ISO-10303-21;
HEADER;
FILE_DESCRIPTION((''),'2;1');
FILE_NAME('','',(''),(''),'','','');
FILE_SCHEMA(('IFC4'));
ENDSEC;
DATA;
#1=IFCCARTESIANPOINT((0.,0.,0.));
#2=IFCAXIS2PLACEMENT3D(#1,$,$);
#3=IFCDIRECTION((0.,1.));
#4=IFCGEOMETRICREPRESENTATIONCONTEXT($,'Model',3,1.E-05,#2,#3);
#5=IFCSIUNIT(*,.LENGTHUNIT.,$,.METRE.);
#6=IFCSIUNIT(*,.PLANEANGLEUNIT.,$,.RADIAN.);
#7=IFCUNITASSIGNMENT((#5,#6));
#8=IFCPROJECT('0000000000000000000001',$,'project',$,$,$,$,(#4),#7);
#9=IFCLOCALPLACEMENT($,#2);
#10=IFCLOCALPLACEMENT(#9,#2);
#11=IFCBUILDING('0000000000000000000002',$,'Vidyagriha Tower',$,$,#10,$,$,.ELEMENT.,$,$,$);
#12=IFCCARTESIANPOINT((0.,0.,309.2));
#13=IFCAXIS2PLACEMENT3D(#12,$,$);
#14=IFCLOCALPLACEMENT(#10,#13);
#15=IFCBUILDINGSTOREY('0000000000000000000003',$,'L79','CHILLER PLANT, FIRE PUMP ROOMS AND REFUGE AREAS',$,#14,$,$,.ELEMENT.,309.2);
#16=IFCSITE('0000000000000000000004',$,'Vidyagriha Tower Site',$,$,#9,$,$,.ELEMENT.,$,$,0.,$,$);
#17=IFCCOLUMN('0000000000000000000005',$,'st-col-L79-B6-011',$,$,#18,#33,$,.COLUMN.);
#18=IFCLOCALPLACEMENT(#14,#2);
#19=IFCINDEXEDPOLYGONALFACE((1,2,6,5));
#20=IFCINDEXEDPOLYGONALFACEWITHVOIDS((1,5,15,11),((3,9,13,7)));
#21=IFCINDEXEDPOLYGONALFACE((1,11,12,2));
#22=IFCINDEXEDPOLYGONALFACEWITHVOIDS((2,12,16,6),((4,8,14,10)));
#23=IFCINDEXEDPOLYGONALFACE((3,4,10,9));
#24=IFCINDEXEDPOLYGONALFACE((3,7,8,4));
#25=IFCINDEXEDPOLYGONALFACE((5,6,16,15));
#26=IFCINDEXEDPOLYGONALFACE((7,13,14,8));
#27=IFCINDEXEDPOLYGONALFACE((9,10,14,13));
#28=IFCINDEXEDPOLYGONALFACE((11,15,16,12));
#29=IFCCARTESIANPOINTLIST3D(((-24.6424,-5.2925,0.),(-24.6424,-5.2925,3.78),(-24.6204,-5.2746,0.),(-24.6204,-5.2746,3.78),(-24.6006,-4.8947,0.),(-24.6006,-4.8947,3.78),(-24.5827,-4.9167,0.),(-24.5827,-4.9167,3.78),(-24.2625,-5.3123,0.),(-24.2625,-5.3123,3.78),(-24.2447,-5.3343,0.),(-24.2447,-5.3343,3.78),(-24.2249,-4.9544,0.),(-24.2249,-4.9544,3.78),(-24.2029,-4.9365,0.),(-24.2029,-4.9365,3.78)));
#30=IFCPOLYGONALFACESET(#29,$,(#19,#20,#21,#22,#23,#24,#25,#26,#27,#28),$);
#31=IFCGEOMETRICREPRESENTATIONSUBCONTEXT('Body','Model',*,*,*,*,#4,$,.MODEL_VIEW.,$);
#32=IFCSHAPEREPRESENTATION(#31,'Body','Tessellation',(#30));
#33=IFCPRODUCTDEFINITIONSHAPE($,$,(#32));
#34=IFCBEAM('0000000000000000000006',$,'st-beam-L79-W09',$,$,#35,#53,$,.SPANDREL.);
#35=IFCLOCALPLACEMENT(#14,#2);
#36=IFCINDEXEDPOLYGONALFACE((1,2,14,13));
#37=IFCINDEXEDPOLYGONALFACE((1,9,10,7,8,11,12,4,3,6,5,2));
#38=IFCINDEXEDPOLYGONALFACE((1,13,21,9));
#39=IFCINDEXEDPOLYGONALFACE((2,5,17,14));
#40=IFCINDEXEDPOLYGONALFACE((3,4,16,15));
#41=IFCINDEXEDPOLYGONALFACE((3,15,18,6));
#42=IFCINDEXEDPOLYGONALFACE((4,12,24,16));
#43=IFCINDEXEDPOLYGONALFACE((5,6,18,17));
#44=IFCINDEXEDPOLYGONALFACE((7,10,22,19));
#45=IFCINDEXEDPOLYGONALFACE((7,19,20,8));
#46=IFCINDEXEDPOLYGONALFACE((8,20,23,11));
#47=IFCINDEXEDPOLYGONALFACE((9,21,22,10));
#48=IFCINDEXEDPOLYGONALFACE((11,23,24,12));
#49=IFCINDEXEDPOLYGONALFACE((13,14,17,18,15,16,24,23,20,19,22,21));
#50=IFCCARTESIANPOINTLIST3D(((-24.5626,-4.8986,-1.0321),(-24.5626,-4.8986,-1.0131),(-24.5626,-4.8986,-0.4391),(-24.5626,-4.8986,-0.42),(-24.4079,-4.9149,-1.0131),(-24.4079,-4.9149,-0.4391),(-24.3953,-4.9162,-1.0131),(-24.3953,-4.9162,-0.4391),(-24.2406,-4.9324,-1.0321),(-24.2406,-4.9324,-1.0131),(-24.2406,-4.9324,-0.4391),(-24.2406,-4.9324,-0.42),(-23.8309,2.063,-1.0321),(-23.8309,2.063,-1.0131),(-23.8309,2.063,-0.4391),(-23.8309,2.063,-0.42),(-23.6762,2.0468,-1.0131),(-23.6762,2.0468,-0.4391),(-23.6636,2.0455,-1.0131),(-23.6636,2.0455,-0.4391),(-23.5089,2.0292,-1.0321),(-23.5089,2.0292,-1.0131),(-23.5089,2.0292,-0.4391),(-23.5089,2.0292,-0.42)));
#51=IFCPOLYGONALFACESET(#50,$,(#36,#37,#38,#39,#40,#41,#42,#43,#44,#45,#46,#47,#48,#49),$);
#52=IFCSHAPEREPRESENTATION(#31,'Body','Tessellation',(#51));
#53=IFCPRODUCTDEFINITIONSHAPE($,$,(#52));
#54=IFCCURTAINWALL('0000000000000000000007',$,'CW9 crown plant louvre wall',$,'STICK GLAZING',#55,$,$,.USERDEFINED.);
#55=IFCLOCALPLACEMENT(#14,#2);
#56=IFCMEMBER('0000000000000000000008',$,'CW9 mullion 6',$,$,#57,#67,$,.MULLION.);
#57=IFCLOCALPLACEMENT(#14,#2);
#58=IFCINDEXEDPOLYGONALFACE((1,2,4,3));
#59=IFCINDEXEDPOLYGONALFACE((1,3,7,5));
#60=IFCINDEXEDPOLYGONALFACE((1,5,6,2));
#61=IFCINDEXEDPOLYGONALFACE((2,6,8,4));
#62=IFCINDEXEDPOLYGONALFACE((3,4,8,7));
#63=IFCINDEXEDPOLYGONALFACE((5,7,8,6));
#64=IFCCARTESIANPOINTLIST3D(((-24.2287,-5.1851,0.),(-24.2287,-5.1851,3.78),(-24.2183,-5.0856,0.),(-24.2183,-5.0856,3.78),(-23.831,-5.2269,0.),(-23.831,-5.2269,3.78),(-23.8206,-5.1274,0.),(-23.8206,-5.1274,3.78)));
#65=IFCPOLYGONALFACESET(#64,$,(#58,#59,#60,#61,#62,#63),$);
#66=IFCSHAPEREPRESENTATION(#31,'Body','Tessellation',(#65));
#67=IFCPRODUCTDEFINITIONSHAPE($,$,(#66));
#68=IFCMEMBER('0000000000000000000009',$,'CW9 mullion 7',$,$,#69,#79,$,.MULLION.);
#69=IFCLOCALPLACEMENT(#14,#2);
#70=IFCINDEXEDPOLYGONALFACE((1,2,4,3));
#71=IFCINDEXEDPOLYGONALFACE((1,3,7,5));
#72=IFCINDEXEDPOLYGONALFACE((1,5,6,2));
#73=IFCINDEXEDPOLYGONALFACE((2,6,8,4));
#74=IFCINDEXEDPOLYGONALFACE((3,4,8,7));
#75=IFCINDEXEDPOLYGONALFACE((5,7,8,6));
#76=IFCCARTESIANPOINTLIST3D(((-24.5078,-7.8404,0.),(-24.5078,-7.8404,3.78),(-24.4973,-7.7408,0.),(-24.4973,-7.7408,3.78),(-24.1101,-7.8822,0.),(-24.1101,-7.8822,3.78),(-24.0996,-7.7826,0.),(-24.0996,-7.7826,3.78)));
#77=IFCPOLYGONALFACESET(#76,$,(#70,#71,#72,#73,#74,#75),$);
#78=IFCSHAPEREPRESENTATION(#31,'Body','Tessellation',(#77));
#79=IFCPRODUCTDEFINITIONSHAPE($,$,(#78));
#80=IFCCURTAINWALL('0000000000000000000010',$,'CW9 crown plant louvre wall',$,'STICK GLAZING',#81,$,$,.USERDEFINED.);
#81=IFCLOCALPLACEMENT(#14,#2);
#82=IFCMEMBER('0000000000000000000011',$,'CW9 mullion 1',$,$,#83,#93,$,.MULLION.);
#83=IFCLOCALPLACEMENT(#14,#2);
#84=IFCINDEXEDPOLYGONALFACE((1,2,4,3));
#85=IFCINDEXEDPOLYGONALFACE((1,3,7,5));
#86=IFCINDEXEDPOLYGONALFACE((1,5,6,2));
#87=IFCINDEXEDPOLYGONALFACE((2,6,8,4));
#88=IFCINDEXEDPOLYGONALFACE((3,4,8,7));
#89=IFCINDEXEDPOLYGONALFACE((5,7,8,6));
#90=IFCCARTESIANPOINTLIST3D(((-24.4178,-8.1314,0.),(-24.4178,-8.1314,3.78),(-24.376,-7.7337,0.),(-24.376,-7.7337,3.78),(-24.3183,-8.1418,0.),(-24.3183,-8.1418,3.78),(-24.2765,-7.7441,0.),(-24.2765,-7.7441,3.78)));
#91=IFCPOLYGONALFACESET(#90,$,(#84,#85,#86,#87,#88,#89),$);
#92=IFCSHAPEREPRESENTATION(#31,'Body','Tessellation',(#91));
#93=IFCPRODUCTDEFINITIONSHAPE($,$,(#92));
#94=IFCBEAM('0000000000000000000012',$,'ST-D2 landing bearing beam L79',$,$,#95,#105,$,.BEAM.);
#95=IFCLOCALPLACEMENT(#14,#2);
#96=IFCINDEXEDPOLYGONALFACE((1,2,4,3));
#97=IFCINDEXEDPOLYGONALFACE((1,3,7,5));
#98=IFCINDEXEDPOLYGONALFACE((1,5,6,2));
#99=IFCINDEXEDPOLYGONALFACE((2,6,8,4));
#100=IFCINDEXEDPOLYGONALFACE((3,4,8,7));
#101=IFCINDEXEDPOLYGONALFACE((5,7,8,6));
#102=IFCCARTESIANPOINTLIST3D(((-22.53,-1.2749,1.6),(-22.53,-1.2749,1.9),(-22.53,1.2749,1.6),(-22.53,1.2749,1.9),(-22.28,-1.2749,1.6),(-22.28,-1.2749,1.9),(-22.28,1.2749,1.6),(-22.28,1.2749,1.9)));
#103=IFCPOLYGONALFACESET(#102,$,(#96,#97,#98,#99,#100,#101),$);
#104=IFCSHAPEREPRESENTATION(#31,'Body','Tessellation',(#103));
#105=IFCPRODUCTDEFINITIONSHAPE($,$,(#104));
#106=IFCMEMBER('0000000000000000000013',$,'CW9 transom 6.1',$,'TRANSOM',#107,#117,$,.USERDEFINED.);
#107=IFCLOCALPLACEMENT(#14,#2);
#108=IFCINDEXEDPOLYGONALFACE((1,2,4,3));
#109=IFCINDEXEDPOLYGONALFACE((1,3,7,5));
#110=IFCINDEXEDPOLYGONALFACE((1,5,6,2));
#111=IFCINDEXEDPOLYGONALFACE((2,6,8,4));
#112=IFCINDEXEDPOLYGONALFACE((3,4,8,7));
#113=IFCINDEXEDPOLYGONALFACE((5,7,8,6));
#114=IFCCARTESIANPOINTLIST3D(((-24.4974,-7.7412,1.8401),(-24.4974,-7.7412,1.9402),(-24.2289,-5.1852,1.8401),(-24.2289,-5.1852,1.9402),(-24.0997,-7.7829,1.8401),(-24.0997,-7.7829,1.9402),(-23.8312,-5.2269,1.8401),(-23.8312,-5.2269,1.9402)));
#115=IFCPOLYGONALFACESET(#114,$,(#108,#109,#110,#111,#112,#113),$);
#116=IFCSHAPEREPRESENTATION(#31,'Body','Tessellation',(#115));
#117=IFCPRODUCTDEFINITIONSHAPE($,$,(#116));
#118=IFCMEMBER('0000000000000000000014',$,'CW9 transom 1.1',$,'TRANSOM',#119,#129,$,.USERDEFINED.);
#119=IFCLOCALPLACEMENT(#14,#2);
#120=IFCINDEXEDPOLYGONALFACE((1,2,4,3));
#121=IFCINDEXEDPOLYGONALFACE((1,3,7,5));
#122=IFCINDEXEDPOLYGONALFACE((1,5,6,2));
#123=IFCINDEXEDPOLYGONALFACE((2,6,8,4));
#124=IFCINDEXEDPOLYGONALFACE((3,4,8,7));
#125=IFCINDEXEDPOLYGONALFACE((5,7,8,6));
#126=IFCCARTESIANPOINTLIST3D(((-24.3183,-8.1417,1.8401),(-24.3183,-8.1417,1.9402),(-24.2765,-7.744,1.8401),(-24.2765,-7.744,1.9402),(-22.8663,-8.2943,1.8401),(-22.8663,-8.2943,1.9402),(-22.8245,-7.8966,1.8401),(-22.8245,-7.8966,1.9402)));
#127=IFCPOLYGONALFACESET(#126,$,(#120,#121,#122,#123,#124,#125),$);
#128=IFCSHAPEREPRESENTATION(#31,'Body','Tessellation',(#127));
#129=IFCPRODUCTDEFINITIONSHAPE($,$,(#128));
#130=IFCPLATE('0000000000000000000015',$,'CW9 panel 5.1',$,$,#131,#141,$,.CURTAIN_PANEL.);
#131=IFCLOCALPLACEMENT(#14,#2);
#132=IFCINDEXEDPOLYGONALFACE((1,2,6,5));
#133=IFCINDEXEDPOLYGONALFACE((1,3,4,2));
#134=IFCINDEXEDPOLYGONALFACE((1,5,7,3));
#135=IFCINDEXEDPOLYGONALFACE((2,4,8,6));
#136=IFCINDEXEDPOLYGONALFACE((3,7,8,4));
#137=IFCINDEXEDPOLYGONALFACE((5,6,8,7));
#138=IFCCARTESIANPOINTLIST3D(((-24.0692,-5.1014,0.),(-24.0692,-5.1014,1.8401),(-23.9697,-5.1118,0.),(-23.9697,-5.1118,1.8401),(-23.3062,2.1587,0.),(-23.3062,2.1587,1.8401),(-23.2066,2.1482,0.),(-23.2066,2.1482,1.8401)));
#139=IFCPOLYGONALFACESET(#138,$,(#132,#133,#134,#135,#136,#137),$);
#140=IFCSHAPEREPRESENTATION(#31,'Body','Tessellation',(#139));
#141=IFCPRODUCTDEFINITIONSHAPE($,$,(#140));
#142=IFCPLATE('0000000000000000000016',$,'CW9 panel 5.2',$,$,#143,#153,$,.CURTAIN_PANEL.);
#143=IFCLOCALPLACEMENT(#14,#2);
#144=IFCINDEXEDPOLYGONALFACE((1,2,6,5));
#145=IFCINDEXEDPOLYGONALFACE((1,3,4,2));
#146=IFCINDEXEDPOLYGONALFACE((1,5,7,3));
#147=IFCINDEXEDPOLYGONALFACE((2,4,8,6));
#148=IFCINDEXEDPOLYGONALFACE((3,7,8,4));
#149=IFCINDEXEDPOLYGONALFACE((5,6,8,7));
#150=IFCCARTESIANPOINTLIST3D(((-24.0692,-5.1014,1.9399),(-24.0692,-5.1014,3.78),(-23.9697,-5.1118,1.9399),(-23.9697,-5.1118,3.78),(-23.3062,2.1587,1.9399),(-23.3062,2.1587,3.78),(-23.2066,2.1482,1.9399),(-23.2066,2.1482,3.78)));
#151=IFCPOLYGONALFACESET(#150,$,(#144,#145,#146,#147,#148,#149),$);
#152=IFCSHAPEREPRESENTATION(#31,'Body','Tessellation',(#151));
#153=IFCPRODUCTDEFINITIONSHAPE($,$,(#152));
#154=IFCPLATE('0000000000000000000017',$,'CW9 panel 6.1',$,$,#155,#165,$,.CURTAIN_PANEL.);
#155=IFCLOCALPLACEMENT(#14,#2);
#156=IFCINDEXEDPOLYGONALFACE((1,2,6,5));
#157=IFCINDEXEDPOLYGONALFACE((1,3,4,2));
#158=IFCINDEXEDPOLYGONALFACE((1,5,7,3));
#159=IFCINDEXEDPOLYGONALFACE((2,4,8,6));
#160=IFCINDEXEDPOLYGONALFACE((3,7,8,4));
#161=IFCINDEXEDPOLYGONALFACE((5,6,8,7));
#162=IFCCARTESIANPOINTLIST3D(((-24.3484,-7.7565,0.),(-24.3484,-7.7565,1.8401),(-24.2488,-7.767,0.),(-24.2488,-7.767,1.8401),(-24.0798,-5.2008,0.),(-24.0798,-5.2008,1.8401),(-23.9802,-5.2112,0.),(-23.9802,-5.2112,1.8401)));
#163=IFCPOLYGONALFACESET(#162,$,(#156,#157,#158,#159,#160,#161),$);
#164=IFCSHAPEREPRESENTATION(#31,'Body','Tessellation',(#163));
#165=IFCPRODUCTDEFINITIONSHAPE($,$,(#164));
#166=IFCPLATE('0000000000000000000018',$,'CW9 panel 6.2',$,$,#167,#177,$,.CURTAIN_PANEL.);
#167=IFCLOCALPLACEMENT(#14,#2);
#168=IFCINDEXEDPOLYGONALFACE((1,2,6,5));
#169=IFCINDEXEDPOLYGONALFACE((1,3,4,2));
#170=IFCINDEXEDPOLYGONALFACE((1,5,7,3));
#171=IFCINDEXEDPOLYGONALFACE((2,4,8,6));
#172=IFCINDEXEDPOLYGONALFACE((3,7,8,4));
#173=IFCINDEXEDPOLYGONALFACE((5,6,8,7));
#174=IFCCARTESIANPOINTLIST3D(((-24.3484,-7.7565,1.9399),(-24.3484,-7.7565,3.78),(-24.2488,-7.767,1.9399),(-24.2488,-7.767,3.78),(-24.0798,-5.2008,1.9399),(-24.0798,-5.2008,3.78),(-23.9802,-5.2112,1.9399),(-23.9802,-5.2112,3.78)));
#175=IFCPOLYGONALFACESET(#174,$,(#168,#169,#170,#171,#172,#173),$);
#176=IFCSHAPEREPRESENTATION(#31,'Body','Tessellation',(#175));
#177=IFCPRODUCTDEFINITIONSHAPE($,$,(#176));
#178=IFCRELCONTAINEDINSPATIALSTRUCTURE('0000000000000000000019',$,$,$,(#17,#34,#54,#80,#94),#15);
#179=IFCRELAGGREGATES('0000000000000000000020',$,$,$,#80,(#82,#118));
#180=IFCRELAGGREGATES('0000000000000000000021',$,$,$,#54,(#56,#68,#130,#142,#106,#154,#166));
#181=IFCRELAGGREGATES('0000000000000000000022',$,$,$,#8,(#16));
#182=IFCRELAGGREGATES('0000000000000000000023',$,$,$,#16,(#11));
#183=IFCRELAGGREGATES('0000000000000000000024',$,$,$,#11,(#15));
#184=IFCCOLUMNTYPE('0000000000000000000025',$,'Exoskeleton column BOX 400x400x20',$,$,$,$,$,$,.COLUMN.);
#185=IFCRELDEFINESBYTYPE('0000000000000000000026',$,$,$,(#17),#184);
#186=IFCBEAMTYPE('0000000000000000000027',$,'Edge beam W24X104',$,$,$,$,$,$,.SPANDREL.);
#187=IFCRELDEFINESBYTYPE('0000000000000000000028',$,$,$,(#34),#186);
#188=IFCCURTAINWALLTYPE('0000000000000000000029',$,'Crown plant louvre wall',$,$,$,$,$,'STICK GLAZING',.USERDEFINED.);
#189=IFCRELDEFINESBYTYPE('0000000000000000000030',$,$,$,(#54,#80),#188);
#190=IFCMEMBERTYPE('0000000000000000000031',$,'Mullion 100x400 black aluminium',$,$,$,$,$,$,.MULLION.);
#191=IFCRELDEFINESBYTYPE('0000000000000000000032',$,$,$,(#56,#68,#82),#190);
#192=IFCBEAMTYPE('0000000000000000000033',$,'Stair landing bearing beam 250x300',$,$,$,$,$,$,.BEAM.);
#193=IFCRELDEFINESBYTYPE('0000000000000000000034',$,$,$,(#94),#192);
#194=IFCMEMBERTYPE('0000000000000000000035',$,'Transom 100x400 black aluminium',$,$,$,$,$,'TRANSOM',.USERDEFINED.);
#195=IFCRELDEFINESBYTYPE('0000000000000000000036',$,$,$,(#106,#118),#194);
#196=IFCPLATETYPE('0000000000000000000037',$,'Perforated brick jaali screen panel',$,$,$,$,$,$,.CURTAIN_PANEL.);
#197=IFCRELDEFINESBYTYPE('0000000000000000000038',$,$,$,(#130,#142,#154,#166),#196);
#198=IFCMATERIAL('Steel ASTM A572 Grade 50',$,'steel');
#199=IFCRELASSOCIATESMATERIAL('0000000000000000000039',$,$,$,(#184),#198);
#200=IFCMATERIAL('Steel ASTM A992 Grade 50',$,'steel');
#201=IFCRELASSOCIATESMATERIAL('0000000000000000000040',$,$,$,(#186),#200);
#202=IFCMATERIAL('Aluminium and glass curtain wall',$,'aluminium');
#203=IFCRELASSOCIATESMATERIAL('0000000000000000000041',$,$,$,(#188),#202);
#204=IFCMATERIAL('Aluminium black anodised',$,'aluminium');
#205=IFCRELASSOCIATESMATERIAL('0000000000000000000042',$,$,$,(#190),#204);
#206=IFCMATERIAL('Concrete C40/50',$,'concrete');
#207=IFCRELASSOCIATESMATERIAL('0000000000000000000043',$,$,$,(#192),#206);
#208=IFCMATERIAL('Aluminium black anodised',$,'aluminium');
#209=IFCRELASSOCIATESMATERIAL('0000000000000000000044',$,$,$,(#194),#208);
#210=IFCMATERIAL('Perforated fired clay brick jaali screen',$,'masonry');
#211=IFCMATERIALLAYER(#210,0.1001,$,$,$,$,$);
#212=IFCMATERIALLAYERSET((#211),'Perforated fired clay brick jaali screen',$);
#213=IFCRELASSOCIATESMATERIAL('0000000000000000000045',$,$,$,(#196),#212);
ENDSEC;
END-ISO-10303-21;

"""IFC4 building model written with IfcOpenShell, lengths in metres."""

from ifc_helpers import new_model, si_unit, direction, frame, origin, origin_2d, place, context, subcontext, project, spatial, rectangle, hollow_rectangle, i_section, extrude, material, layer, layer_set, material_profile, profile_set, type_object, element, aggregate, save


model = new_model("IFC4")

# Units and contexts
model_context = context("Model", 3, precision=1e-05, world=origin(), true_north=direction((0.0, 1.0)))
body_context = subcontext(model_context, "Body", "Model", "MODEL_VIEW")
ifc_project = project(units=[si_unit("LENGTHUNIT", "METRE"), si_unit("PLANEANGLEUNIT", "RADIAN")], contexts=[model_context])

# Site, building, storey
site_placement = place(None, origin())
site = spatial("IfcSite", under=ifc_project, at=site_placement, Name="Vidyagriha Tower Site", CompositionType="ELEMENT", RefElevation=0.0)
building_placement = place(site_placement, origin())
building = spatial("IfcBuilding", under=site, at=building_placement, Name="Vidyagriha Tower", CompositionType="ELEMENT")
storey_placement = place(building_placement, frame((0.0, 0.0, 309.2)))
storey = spatial("IfcBuildingStorey", under=building, at=storey_placement, Name="L79", Description="CHILLER PLANT, FIRE PUMP ROOMS AND REFUGE AREAS", CompositionType="ELEMENT", Elevation=309.2)

# Column
ifc_material_1 = material(Name="Steel ASTM A572 Grade 50", Category="steel")
ifc_material_profile_1 = material_profile(ifc_material_1, hollow_rectangle(XDim=0.3999, YDim=0.3999, WallThickness=0.02, at=origin_2d()), Name="BOX 400x400x20")
ifc_profile_set_1 = profile_set([ifc_material_profile_1], Name="Steel ASTM A572 Grade 50")
column_type = type_object("IfcColumnType", Name="Exoskeleton column BOX 400x400x20", PredefinedType="COLUMN", material=ifc_profile_set_1)
column_placement = place(storey_placement, frame((-24.4226, -5.1145, 0.0), z_axis=(0.0, 0.0, 1.0), x_axis=(0.994522, -0.104528, 0.0)))
element("IfcColumn", 1, at=column_placement, inside=storey, type_object=column_type, Name="st-col-L79-B6-011", PredefinedType="COLUMN", context=body_context, shape_type="SweptSolid", body=[
    extrude(hollow_rectangle(XDim=0.3999, YDim=0.3999, WallThickness=0.02, at=origin_2d()), origin(), (0.0, 0.0, 1.0), 3.78),
])

# Beam
ifc_material_2 = material(Name="Steel ASTM A992 Grade 50", Category="steel")
ifc_material_profile_2 = material_profile(ifc_material_2, i_section(OverallWidth=0.3237, OverallDepth=0.6121, WebThickness=0.0127, FlangeThickness=0.019, at=origin_2d()), Name="W24X104")
ifc_profile_set_2 = profile_set([ifc_material_profile_2], Name="Steel ASTM A992 Grade 50")
beam_type_1 = type_object("IfcBeamType", Name="Edge beam W24X104", PredefinedType="SPANDREL", material=ifc_profile_set_2)
beam_1_placement = place(storey_placement, frame((-24.4016, -4.9155, -0.7261), z_axis=(0.104527, 0.994522, 0.0), x_axis=(-0.994522, 0.104527, 0.0)))
element("IfcBeam", 2, at=beam_1_placement, inside=storey, type_object=beam_type_1, Name="st-beam-L79-W09", PredefinedType="SPANDREL", context=body_context, shape_type="SweptSolid", body=[
    extrude(i_section(OverallWidth=0.3237, OverallDepth=0.6121, WebThickness=0.0127, FlangeThickness=0.019, at=origin_2d()), origin(), (0.0, 0.0, 1.0), 7.0),
])

# Curtain wall, members
ifc_material_3 = material(Name="Aluminium and glass curtain wall", Category="aluminium")
curtain_wall_type = type_object("IfcCurtainWallType", Name="Crown plant louvre wall", ElementType="STICK GLAZING", PredefinedType="USERDEFINED", material=ifc_material_3)
curtain_wall_1_placement = place(storey_placement, origin())
curtain_wall_1 = element("IfcCurtainWall", 3, at=curtain_wall_1_placement, inside=storey, type_object=curtain_wall_type, Name="CW9 crown plant louvre wall", ObjectType="STICK GLAZING", PredefinedType="USERDEFINED")
ifc_material_4 = material(Name="Aluminium black anodised", Category="aluminium")
ifc_material_profile_3 = material_profile(ifc_material_4, rectangle(XDim=0.3999, YDim=0.1001, at=origin_2d()), Name="Mullion 100x400 black aluminium")
ifc_profile_set_3 = profile_set([ifc_material_profile_3], Name="Aluminium black anodised")
member_type_1 = type_object("IfcMemberType", Name="Mullion 100x400 black aluminium", PredefinedType="MULLION", material=ifc_profile_set_3)
member_1_placement = place(storey_placement, frame((-24.0247, -5.1562, 0.0), z_axis=(0.0, 0.0, 1.0), x_axis=(0.994522, -0.104527, 0.0)))
member_1 = element("IfcMember", 4, at=member_1_placement, type_object=member_type_1, Name="CW9 mullion 6", PredefinedType="MULLION", context=body_context, shape_type="SweptSolid", body=[
    extrude(rectangle(XDim=0.3999, YDim=0.1001, at=origin_2d()), origin(), (0.0, 0.0, 1.0), 3.78),
])
member_2_placement = place(storey_placement, frame((-24.3037, -7.8115, 0.0), z_axis=(0.0, 0.0, 1.0), x_axis=(0.994522, -0.104527, 0.0)))
member_2 = element("IfcMember", 5, at=member_2_placement, type_object=member_type_1, Name="CW9 mullion 7", PredefinedType="MULLION", context=body_context, shape_type="SweptSolid", body=[
    extrude(rectangle(XDim=0.3999, YDim=0.1001, at=origin_2d()), origin(), (0.0, 0.0, 1.0), 3.78),
])

# Curtain wall, member
curtain_wall_2_placement = place(storey_placement, origin())
curtain_wall_2 = element("IfcCurtainWall", 6, at=curtain_wall_2_placement, inside=storey, type_object=curtain_wall_type, Name="CW9 crown plant louvre wall", ObjectType="STICK GLAZING", PredefinedType="USERDEFINED")
member_3_placement = place(storey_placement, frame((-24.3472, -7.9377, 0.0), z_axis=(0.0, 0.0, 1.0), x_axis=(0.104519, 0.994523, 0.0)))
member_3 = element("IfcMember", 7, at=member_3_placement, type_object=member_type_1, Name="CW9 mullion 1", PredefinedType="MULLION", context=body_context, shape_type="SweptSolid", body=[
    extrude(rectangle(XDim=0.3999, YDim=0.1001, at=origin_2d()), origin(), (0.0, 0.0, 1.0), 3.78),
])

# Beam
ifc_material_5 = material(Name="Concrete C40/50", Category="concrete")
ifc_material_profile_4 = material_profile(ifc_material_5, rectangle(XDim=0.25, YDim=0.3, at=origin_2d()), Name="Stair landing bearing beam 250x300")
ifc_profile_set_4 = profile_set([ifc_material_profile_4], Name="Concrete C40/50")
beam_type_2 = type_object("IfcBeamType", Name="Stair landing bearing beam 250x300", PredefinedType="BEAM", material=ifc_profile_set_4)
beam_2_placement = place(storey_placement, frame((-22.405, -1.2749, 1.75), z_axis=(0.0, 1.0, 0.0), x_axis=(-1.0, 0.0, 0.0)))
element("IfcBeam", 8, at=beam_2_placement, inside=storey, type_object=beam_type_2, Name="ST-D2 landing bearing beam L79", PredefinedType="BEAM", context=body_context, shape_type="SweptSolid", body=[
    extrude(rectangle(XDim=0.25, YDim=0.3, at=origin_2d()), origin(), (0.0, 0.0, 1.0), 2.5498),
])

# Members
ifc_material_6 = material(Name="Aluminium black anodised", Category="aluminium")
ifc_material_profile_5 = material_profile(ifc_material_6, rectangle(XDim=0.3999, YDim=0.1001, at=origin_2d()), Name="Transom 100x400 black aluminium")
ifc_profile_set_5 = profile_set([ifc_material_profile_5], Name="Aluminium black anodised")
member_type_2 = type_object("IfcMemberType", Name="Transom 100x400 black aluminium", ElementType="TRANSOM", PredefinedType="USERDEFINED", material=ifc_profile_set_5)
member_4_placement = place(storey_placement, frame((-24.03, -5.2061, 1.8901), z_axis=(-0.104497, -0.994525, 0.0), x_axis=(0.994525, -0.104497, 0.0)))
member_4 = element("IfcMember", 9, at=member_4_placement, type_object=member_type_2, Name="CW9 transom 6.1", ObjectType="TRANSOM", PredefinedType="USERDEFINED", context=body_context, shape_type="SweptSolid", body=[
    extrude(rectangle(XDim=0.3999, YDim=0.1001, at=origin_2d()), origin(), (0.0, 0.0, 1.0), 2.5701),
])
member_5_placement = place(storey_placement, frame((-24.2974, -7.9429, 1.8901), z_axis=(0.994523, -0.104519, 0.0), x_axis=(0.104519, 0.994523, 0.0)))
member_5 = element("IfcMember", 10, at=member_5_placement, type_object=member_type_2, Name="CW9 transom 1.1", ObjectType="TRANSOM", PredefinedType="USERDEFINED", context=body_context, shape_type="SweptSolid", body=[
    extrude(rectangle(XDim=0.3999, YDim=0.1001, at=origin_2d()), origin(), (0.0, 0.0, 1.0), 1.46),
])
aggregate(curtain_wall_2, [member_3, member_5])

# Plates
ifc_material_7 = material(Name="Perforated fired clay brick jaali screen", Category="masonry")
ifc_layer_1 = layer(ifc_material_7, 0.1001)
ifc_layer_set_1 = layer_set([ifc_layer_1], Name="Perforated fired clay brick jaali screen")
plate_type = type_object("IfcPlateType", Name="Perforated brick jaali screen panel", PredefinedType="CURTAIN_PANEL", material=ifc_layer_set_1)
plate_1_placement = place(storey_placement, frame((-23.6379, -1.4766, 0.0), z_axis=(0.0, 0.0, 1.0), x_axis=(-0.104527, -0.994522, 0.0)))
plate_1 = element("IfcPlate", 11, at=plate_1_placement, type_object=plate_type, Name="CW9 panel 5.1", PredefinedType="CURTAIN_PANEL", context=body_context, shape_type="SweptSolid", body=[
    extrude(rectangle(XDim=7.3, YDim=0.1001, at=origin_2d()), origin(), (0.0, 0.0, 1.0), 1.8401),
])
plate_2_placement = place(storey_placement, frame((-23.6379, -1.4766, 1.9399), z_axis=(0.0, 0.0, 1.0), x_axis=(-0.104527, -0.994522, 0.0)))
plate_2 = element("IfcPlate", 12, at=plate_2_placement, type_object=plate_type, Name="CW9 panel 5.2", PredefinedType="CURTAIN_PANEL", context=body_context, shape_type="SweptSolid", body=[
    extrude(rectangle(XDim=7.3, YDim=0.1001, at=origin_2d()), origin(), (0.0, 0.0, 1.0), 1.8401),
])
plate_3_placement = place(storey_placement, frame((-24.1643, -6.4839, 0.0), z_axis=(0.0, 0.0, 1.0), x_axis=(-0.104527, -0.994522, 0.0)))
plate_3 = element("IfcPlate", 13, at=plate_3_placement, type_object=plate_type, Name="CW9 panel 6.1", PredefinedType="CURTAIN_PANEL", context=body_context, shape_type="SweptSolid", body=[
    extrude(rectangle(XDim=2.5698, YDim=0.1001, at=origin_2d()), origin(), (0.0, 0.0, 1.0), 1.8401),
])
plate_4_placement = place(storey_placement, frame((-24.1643, -6.4839, 1.9399), z_axis=(0.0, 0.0, 1.0), x_axis=(-0.104527, -0.994522, 0.0)))
plate_4 = element("IfcPlate", 14, at=plate_4_placement, type_object=plate_type, Name="CW9 panel 6.2", PredefinedType="CURTAIN_PANEL", context=body_context, shape_type="SweptSolid", body=[
    extrude(rectangle(XDim=2.5698, YDim=0.1001, at=origin_2d()), origin(), (0.0, 0.0, 1.0), 1.8401),
])
aggregate(curtain_wall_1, [member_1, member_2, plate_1, plate_2, member_4, plate_3, plate_4])

save(model, "model.ifc")
